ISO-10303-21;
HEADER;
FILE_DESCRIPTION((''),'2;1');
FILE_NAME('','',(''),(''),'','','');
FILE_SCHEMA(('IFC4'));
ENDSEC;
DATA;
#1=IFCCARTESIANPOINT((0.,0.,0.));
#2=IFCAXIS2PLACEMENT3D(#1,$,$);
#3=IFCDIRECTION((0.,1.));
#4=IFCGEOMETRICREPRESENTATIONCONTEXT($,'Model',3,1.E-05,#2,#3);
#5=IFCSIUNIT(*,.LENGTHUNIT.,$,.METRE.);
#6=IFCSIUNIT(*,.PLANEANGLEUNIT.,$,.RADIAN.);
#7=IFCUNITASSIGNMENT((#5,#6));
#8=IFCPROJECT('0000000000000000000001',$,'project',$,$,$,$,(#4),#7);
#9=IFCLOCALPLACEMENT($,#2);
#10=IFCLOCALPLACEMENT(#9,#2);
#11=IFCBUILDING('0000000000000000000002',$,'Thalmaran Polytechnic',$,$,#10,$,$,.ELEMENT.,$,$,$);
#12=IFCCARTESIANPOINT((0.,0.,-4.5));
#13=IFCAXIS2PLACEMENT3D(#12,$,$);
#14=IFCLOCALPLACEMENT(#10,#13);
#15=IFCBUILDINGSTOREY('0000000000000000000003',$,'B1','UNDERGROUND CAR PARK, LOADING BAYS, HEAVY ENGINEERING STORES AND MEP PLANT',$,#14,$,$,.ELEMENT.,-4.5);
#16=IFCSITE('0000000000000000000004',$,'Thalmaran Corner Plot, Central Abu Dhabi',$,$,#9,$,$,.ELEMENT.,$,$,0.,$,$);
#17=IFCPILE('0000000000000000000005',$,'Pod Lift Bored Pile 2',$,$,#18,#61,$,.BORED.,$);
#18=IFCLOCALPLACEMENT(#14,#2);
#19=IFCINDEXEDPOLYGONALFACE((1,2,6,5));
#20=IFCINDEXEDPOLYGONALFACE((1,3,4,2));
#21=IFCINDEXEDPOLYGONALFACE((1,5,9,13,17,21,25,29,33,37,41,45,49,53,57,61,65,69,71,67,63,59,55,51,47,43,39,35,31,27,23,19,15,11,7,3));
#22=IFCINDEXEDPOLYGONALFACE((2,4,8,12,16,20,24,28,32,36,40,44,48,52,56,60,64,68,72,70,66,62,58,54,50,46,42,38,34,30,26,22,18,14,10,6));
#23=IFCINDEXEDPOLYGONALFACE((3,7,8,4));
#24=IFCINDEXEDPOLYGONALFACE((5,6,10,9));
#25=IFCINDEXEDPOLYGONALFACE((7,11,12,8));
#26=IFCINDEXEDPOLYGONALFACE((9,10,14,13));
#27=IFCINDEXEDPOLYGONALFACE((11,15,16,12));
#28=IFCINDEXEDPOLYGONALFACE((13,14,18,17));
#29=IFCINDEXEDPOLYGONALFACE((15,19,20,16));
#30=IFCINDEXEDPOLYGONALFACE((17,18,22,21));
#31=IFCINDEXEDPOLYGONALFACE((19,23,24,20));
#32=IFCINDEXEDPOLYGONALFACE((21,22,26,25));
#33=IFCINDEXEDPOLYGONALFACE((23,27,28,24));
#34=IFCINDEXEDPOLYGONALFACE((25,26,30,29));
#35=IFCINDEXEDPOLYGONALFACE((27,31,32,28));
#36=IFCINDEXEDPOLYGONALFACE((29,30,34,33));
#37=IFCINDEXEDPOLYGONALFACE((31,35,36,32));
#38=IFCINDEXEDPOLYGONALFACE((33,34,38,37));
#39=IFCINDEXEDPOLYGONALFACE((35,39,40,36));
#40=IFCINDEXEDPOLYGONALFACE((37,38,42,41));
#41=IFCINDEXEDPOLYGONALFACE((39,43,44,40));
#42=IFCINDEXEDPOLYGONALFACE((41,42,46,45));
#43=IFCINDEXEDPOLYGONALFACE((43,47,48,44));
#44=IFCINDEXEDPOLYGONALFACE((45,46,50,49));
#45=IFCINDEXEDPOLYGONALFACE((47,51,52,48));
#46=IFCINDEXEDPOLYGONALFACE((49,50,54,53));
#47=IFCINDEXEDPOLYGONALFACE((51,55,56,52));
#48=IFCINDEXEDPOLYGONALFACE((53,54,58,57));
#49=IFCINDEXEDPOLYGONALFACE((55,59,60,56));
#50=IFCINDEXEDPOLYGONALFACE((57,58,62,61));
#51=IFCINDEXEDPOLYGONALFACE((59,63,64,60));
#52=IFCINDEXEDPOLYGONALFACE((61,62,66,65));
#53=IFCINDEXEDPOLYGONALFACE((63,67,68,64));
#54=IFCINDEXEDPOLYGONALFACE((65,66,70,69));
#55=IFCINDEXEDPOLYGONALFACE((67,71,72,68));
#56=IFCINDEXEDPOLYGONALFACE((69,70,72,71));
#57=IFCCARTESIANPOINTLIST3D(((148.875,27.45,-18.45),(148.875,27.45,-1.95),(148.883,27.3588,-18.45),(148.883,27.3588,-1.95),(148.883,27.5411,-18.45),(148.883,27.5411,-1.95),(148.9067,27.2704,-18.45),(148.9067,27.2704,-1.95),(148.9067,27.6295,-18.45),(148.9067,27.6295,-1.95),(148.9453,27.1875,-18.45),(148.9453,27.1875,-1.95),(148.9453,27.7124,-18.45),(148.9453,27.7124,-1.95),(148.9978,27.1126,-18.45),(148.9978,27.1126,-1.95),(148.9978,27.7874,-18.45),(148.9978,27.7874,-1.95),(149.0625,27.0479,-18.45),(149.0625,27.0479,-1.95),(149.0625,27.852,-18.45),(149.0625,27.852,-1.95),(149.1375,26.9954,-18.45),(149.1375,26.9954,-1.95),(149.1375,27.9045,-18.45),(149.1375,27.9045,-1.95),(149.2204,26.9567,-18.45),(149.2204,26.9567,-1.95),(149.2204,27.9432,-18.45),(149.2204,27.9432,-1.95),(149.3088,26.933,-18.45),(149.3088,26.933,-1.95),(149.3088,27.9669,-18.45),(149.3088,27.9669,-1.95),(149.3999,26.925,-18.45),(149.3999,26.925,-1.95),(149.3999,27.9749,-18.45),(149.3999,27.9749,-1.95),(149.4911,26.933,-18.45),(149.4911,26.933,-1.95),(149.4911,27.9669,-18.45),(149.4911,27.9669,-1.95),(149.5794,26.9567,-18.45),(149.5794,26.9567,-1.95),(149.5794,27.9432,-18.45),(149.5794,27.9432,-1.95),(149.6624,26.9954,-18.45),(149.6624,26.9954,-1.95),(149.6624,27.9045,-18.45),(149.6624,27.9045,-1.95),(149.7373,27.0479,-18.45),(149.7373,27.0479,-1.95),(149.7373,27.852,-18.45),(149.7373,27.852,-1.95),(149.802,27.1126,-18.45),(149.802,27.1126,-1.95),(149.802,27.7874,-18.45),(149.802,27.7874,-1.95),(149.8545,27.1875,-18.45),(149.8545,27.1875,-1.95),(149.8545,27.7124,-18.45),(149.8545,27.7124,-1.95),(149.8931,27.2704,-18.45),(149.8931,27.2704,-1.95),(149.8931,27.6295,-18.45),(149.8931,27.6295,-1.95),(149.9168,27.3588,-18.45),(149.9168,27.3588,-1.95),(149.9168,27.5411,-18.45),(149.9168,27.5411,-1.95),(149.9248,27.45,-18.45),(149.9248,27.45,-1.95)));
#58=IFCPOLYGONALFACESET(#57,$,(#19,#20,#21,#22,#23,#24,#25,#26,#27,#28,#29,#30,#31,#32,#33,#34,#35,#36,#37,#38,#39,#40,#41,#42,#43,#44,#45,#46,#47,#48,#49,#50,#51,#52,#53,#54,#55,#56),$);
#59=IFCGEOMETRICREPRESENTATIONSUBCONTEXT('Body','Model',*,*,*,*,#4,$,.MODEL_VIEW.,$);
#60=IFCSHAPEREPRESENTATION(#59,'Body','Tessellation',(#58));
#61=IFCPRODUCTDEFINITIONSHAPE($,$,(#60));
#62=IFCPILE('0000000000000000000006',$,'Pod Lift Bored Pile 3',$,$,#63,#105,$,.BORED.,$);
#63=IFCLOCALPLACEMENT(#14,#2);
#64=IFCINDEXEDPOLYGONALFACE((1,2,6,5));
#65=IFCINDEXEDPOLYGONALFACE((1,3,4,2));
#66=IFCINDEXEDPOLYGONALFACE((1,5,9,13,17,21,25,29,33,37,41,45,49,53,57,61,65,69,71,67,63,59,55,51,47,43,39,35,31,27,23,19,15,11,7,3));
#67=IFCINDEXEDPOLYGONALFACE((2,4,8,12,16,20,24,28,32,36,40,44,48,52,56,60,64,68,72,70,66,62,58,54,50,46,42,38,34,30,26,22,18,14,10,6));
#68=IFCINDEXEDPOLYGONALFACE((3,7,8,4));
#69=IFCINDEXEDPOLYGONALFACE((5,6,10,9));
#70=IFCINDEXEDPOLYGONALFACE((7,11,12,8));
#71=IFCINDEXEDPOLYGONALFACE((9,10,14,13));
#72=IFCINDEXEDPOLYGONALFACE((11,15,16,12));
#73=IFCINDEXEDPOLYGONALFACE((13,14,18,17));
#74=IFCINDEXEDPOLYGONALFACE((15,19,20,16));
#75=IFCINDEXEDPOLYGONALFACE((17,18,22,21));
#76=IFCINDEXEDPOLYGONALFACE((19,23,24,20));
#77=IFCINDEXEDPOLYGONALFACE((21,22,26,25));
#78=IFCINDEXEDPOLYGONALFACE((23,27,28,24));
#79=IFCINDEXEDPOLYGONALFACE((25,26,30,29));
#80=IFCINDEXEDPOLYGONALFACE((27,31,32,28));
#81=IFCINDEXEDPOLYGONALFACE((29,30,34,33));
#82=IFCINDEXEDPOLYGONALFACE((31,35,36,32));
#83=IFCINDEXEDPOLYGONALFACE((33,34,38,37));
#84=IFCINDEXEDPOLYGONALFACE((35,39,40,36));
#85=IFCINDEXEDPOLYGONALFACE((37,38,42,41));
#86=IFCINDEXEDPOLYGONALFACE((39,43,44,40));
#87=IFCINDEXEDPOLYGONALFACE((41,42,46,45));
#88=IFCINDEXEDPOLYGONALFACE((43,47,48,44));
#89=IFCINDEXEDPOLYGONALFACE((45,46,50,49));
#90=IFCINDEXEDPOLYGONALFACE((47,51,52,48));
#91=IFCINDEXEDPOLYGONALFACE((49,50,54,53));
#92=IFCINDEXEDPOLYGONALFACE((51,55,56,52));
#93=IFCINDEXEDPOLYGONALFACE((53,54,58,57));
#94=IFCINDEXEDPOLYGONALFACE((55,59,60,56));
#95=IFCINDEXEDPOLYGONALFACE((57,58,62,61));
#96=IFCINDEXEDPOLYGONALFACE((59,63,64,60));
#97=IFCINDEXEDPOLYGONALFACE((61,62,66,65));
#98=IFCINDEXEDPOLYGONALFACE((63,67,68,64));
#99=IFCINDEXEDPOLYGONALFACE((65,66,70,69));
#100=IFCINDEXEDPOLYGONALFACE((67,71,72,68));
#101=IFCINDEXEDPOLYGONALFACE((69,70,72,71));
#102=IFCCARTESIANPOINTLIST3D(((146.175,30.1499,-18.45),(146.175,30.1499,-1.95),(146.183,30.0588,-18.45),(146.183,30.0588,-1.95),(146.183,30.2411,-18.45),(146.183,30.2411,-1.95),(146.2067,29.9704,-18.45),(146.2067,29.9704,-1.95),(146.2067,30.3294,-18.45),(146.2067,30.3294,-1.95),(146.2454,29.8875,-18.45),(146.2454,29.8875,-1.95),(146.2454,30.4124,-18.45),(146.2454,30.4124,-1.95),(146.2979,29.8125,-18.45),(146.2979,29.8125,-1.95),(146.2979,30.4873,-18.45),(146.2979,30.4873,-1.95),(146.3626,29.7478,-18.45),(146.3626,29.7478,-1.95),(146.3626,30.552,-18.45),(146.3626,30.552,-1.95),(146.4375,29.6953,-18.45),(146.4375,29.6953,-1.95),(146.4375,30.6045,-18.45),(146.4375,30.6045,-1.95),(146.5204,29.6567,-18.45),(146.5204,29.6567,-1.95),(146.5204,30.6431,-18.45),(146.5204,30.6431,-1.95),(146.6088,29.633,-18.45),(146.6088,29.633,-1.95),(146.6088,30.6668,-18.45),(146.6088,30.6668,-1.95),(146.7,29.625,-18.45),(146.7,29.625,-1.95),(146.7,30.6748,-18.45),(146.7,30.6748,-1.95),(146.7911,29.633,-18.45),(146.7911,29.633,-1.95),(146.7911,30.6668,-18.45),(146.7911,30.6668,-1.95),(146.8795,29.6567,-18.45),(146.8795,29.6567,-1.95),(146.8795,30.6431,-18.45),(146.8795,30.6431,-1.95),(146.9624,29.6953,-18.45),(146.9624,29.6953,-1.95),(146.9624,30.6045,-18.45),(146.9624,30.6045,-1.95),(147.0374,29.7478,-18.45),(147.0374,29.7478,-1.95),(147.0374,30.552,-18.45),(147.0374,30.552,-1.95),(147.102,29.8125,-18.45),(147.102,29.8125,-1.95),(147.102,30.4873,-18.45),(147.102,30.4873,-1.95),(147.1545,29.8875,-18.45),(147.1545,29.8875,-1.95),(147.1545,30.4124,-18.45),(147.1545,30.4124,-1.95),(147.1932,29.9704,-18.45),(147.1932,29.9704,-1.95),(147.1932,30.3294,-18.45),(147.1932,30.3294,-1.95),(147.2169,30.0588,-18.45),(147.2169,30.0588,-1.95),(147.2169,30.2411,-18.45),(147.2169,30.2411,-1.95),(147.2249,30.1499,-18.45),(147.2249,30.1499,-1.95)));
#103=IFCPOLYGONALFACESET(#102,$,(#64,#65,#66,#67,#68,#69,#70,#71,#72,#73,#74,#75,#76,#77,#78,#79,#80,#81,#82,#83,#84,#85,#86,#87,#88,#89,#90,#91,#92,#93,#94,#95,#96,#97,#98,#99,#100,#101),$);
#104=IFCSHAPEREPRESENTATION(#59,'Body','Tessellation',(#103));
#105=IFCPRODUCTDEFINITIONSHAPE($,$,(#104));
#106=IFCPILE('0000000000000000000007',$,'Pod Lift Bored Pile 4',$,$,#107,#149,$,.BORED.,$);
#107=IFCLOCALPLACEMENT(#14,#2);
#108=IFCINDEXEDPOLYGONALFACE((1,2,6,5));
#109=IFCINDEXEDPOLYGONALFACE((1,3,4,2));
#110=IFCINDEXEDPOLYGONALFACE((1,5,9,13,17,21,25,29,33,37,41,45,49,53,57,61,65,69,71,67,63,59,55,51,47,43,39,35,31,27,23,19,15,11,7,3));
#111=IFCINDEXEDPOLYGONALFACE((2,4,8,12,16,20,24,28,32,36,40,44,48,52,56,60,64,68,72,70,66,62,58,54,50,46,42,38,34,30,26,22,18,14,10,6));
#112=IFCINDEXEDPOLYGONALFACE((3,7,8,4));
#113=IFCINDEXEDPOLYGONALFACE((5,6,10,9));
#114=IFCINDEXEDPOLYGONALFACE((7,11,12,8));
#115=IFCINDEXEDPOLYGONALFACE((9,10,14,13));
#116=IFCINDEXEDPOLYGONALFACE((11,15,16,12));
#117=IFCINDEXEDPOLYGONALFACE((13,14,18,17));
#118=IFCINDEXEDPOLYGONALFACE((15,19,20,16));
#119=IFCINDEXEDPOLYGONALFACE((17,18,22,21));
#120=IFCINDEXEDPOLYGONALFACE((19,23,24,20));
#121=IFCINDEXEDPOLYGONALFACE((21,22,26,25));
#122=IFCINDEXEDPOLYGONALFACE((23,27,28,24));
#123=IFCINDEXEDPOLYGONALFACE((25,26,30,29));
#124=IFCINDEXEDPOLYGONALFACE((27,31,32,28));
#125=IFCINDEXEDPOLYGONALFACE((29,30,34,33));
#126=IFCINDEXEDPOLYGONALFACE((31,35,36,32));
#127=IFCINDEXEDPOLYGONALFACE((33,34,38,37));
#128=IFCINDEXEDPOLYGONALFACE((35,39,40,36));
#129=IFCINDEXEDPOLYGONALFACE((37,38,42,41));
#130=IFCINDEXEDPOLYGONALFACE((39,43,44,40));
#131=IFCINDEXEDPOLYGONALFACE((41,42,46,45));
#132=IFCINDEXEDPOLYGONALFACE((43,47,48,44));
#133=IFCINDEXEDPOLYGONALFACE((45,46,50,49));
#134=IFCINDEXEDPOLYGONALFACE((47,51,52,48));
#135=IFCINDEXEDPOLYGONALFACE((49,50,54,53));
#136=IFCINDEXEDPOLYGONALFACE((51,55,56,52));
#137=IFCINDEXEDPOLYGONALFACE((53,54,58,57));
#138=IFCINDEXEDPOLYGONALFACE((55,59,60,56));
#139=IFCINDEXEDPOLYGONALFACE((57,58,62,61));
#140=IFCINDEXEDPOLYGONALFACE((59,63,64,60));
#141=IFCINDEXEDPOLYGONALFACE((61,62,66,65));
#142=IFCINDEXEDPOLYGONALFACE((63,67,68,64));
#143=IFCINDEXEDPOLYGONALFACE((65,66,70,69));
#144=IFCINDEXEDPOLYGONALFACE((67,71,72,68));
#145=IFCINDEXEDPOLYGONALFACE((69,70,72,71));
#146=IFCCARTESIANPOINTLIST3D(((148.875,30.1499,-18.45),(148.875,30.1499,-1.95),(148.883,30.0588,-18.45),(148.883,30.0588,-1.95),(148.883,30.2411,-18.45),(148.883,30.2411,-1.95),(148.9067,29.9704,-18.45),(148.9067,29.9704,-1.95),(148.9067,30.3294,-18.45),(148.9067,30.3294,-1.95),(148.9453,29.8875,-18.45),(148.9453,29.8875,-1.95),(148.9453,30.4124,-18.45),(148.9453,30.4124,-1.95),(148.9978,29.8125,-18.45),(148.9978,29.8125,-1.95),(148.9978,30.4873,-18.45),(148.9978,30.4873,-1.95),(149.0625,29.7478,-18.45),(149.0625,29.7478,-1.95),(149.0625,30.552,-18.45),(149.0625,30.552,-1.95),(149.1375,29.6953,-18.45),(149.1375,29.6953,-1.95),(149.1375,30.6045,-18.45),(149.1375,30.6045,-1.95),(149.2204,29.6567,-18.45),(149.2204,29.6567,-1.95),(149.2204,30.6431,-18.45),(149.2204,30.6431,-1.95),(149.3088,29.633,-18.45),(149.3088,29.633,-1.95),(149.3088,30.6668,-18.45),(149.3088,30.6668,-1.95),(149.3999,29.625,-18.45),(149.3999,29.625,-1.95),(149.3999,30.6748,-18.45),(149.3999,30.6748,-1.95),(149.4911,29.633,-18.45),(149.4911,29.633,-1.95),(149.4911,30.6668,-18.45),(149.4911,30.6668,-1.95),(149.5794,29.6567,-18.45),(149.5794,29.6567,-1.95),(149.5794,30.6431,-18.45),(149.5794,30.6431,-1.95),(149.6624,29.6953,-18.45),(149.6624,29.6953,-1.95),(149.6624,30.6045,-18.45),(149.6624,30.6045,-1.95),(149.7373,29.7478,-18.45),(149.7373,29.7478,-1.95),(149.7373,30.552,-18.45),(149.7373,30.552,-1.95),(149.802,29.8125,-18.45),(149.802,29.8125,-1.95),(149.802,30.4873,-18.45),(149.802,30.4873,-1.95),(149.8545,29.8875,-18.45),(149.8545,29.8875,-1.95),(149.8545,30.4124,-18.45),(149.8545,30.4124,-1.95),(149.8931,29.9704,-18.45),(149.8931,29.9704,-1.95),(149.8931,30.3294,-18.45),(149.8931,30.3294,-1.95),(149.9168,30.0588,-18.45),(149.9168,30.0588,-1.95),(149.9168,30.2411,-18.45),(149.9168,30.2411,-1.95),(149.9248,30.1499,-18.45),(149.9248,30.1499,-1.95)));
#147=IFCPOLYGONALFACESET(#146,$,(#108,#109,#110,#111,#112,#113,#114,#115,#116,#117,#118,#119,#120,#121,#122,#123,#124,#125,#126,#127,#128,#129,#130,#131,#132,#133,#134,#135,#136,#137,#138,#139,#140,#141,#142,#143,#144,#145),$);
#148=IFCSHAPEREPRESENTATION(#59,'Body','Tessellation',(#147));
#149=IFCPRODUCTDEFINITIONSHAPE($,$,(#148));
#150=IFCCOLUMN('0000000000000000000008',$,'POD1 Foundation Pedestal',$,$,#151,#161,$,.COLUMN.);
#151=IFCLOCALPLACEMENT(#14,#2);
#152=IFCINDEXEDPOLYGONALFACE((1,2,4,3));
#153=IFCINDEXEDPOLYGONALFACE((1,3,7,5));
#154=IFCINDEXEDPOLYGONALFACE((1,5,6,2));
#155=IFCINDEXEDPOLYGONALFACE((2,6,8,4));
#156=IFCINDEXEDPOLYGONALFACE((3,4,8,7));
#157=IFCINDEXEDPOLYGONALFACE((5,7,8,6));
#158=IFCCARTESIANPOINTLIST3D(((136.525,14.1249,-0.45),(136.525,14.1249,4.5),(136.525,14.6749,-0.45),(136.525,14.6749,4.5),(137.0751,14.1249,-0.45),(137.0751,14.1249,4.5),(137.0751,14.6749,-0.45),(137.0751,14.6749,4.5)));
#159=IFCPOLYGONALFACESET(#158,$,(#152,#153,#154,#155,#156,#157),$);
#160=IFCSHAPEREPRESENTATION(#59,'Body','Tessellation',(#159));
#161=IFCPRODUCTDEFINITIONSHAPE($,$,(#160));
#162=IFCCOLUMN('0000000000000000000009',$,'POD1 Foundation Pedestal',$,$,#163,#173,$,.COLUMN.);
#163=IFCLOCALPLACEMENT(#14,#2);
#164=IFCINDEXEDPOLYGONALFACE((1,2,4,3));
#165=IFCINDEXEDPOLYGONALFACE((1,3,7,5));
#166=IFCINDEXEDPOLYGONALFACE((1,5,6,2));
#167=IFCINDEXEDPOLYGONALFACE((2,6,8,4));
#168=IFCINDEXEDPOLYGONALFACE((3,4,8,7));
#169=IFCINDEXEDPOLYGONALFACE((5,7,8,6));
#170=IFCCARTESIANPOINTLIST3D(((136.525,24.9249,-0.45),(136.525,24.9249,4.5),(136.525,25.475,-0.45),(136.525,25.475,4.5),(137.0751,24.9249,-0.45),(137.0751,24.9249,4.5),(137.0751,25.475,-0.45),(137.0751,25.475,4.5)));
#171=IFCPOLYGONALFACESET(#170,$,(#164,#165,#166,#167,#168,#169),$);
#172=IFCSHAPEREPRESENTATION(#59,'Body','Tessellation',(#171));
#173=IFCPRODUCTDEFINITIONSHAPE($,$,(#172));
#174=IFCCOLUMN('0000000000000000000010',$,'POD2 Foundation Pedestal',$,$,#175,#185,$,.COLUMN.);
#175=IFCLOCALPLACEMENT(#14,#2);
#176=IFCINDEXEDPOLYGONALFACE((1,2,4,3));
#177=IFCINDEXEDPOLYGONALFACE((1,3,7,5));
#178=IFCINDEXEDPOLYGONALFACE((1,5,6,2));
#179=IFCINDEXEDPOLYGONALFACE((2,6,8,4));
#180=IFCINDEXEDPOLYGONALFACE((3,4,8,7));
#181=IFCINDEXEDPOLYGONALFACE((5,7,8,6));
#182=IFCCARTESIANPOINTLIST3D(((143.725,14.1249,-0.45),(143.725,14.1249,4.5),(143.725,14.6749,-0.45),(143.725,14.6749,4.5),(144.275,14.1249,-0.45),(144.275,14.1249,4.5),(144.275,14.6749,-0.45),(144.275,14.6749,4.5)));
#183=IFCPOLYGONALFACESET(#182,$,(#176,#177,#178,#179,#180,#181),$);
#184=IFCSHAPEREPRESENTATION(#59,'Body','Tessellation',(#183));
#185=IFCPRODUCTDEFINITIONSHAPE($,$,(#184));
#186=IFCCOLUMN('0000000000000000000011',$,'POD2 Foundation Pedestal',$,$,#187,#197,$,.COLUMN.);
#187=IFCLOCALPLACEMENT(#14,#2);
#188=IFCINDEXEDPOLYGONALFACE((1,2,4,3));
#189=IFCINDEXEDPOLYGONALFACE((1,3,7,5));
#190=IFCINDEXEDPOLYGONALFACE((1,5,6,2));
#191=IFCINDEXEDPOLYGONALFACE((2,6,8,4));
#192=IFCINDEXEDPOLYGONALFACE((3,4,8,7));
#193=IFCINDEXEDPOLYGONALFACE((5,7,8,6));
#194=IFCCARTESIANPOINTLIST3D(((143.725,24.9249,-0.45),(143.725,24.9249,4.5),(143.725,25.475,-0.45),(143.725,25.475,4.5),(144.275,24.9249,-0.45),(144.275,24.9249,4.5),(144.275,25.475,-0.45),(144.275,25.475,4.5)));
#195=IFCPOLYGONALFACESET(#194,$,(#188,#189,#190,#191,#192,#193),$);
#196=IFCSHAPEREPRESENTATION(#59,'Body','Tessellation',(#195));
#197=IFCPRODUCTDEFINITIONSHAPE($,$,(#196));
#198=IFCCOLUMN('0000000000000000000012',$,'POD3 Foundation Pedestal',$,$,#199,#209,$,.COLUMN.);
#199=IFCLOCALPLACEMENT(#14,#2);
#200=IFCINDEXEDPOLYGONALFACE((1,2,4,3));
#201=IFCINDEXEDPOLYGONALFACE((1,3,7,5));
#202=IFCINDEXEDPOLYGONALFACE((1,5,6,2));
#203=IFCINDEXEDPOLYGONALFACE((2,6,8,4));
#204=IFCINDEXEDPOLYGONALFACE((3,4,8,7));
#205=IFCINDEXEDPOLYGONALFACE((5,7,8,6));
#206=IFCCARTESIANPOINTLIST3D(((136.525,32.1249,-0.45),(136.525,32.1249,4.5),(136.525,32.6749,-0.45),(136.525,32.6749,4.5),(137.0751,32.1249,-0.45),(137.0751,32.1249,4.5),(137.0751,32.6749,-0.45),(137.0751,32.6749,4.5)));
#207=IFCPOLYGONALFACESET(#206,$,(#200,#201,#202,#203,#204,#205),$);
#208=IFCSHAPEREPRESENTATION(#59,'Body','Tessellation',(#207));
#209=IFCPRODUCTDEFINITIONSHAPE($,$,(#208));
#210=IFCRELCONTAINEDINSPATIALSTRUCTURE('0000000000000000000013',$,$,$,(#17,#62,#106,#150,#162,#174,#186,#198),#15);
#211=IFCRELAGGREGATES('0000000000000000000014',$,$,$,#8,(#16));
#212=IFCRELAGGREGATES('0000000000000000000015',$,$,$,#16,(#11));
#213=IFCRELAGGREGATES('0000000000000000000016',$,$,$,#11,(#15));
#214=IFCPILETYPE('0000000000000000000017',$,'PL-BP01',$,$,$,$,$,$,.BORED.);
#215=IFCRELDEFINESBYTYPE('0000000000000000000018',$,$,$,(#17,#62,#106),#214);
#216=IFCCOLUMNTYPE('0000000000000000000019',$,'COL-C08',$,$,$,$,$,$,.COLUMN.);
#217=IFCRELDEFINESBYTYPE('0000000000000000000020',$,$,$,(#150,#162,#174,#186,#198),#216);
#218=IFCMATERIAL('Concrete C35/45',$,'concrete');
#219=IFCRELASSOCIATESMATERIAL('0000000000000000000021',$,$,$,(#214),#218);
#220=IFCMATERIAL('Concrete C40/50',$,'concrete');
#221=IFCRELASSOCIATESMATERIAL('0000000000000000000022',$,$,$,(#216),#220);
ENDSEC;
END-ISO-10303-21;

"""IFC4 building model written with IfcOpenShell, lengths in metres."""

from ifc_helpers import new_model, si_unit, direction, frame, origin, origin_2d, place, context, subcontext, project, spatial, rectangle, circle, extrude, material, material_profile, profile_set, type_object, element, save


model = new_model("IFC4")

# Units and contexts
model_context = context("Model", 3, precision=1e-05, world=origin(), true_north=direction((0.0, 1.0)))
body_context = subcontext(model_context, "Body", "Model", "MODEL_VIEW")
ifc_project = project(units=[si_unit("LENGTHUNIT", "METRE"), si_unit("PLANEANGLEUNIT", "RADIAN")], contexts=[model_context])

# Site, building, storey
site_placement = place(None, origin())
site = spatial("IfcSite", under=ifc_project, at=site_placement, Name="Thalmaran Corner Plot, Central Abu Dhabi", CompositionType="ELEMENT", RefElevation=0.0)
building_placement = place(site_placement, origin())
building = spatial("IfcBuilding", under=site, at=building_placement, Name="Thalmaran Polytechnic", CompositionType="ELEMENT")
storey_placement = place(building_placement, frame((0.0, 0.0, -4.5)))
storey = spatial("IfcBuildingStorey", under=building, at=storey_placement, Name="B1", Description="UNDERGROUND CAR PARK, LOADING BAYS, HEAVY ENGINEERING STORES AND MEP PLANT", CompositionType="ELEMENT", Elevation=-4.5)

# Shared definitions
ifc_material_1 = material(Name="Concrete C40/50", Category="concrete")

# Piles
ifc_material_2 = material(Name="Concrete C35/45", Category="concrete")
ifc_material_profile_1 = material_profile(ifc_material_2, circle(Radius=0.5249, at=origin_2d()), Name="RC 1050 DIA")
ifc_profile_set_1 = profile_set([ifc_material_profile_1], Name="Concrete C35/45")
pile_type = type_object("IfcPileType", Name="PL-BP01", PredefinedType="BORED", material=ifc_profile_set_1)
for number, where, z_axis, x_axis, name in (
    (1, (149.3999, 27.45, -18.45), (0.0, 0.0, 1.0), (1.0, 0.0, 0.0), "Pod Lift Bored Pile 2"),
    (2, (146.7, 30.1499, -18.45), (0.0, 0.0, 1.0), (1.0, 0.0, 0.0), "Pod Lift Bored Pile 3"),
    (3, (149.3999, 30.1499, -18.45), (0.0, 0.0, 1.0), (1.0, 0.0, 0.0), "Pod Lift Bored Pile 4"),
):
    element("IfcPile", number, at=place(storey_placement, frame(where, z_axis=z_axis, x_axis=x_axis)), inside=storey, type_object=pile_type, Name=name, PredefinedType="BORED", context=body_context, shape_type="SweptSolid", body=[
        extrude(circle(Radius=0.5249, at=origin_2d()), origin(), (0.0, 0.0, 1.0), 16.5),
    ])

# Columns
ifc_material_profile_2 = material_profile(ifc_material_1, rectangle(XDim=0.55, YDim=0.55, at=origin_2d()), Name="RC 550x550")
ifc_profile_set_2 = profile_set([ifc_material_profile_2], Name="Concrete C40/50")
column_type_1 = type_object("IfcColumnType", Name="COL-C08", PredefinedType="COLUMN", material=ifc_profile_set_2)
for number, where, z_axis, x_axis, name in (
    (4, (136.8, 14.3999, -0.45), (0.0, 0.0, 1.0), (1.0, 0.0, 0.0), "POD1 Foundation Pedestal"),
    (5, (136.8, 25.2, -0.45), (0.0, 0.0, 1.0), (1.0, 0.0, 0.0), "POD1 Foundation Pedestal"),
    (6, (144.0, 14.3999, -0.45), (0.0, 0.0, 1.0), (1.0, 0.0, 0.0), "POD2 Foundation Pedestal"),
    (7, (144.0, 25.2, -0.45), (0.0, 0.0, 1.0), (1.0, 0.0, 0.0), "POD2 Foundation Pedestal"),
    (8, (136.8, 32.3999, -0.45), (0.0, 0.0, 1.0), (1.0, 0.0, 0.0), "POD3 Foundation Pedestal"),
):
    element("IfcColumn", number, at=place(storey_placement, frame(where, z_axis=z_axis, x_axis=x_axis)), inside=storey, type_object=column_type_1, Name=name, PredefinedType="COLUMN", context=body_context, shape_type="SweptSolid", body=[
        extrude(rectangle(XDim=0.55, YDim=0.55, at=origin_2d()), origin(), (0.0, 0.0, 1.0), 4.95),
    ])

save(model, "model.ifc")
